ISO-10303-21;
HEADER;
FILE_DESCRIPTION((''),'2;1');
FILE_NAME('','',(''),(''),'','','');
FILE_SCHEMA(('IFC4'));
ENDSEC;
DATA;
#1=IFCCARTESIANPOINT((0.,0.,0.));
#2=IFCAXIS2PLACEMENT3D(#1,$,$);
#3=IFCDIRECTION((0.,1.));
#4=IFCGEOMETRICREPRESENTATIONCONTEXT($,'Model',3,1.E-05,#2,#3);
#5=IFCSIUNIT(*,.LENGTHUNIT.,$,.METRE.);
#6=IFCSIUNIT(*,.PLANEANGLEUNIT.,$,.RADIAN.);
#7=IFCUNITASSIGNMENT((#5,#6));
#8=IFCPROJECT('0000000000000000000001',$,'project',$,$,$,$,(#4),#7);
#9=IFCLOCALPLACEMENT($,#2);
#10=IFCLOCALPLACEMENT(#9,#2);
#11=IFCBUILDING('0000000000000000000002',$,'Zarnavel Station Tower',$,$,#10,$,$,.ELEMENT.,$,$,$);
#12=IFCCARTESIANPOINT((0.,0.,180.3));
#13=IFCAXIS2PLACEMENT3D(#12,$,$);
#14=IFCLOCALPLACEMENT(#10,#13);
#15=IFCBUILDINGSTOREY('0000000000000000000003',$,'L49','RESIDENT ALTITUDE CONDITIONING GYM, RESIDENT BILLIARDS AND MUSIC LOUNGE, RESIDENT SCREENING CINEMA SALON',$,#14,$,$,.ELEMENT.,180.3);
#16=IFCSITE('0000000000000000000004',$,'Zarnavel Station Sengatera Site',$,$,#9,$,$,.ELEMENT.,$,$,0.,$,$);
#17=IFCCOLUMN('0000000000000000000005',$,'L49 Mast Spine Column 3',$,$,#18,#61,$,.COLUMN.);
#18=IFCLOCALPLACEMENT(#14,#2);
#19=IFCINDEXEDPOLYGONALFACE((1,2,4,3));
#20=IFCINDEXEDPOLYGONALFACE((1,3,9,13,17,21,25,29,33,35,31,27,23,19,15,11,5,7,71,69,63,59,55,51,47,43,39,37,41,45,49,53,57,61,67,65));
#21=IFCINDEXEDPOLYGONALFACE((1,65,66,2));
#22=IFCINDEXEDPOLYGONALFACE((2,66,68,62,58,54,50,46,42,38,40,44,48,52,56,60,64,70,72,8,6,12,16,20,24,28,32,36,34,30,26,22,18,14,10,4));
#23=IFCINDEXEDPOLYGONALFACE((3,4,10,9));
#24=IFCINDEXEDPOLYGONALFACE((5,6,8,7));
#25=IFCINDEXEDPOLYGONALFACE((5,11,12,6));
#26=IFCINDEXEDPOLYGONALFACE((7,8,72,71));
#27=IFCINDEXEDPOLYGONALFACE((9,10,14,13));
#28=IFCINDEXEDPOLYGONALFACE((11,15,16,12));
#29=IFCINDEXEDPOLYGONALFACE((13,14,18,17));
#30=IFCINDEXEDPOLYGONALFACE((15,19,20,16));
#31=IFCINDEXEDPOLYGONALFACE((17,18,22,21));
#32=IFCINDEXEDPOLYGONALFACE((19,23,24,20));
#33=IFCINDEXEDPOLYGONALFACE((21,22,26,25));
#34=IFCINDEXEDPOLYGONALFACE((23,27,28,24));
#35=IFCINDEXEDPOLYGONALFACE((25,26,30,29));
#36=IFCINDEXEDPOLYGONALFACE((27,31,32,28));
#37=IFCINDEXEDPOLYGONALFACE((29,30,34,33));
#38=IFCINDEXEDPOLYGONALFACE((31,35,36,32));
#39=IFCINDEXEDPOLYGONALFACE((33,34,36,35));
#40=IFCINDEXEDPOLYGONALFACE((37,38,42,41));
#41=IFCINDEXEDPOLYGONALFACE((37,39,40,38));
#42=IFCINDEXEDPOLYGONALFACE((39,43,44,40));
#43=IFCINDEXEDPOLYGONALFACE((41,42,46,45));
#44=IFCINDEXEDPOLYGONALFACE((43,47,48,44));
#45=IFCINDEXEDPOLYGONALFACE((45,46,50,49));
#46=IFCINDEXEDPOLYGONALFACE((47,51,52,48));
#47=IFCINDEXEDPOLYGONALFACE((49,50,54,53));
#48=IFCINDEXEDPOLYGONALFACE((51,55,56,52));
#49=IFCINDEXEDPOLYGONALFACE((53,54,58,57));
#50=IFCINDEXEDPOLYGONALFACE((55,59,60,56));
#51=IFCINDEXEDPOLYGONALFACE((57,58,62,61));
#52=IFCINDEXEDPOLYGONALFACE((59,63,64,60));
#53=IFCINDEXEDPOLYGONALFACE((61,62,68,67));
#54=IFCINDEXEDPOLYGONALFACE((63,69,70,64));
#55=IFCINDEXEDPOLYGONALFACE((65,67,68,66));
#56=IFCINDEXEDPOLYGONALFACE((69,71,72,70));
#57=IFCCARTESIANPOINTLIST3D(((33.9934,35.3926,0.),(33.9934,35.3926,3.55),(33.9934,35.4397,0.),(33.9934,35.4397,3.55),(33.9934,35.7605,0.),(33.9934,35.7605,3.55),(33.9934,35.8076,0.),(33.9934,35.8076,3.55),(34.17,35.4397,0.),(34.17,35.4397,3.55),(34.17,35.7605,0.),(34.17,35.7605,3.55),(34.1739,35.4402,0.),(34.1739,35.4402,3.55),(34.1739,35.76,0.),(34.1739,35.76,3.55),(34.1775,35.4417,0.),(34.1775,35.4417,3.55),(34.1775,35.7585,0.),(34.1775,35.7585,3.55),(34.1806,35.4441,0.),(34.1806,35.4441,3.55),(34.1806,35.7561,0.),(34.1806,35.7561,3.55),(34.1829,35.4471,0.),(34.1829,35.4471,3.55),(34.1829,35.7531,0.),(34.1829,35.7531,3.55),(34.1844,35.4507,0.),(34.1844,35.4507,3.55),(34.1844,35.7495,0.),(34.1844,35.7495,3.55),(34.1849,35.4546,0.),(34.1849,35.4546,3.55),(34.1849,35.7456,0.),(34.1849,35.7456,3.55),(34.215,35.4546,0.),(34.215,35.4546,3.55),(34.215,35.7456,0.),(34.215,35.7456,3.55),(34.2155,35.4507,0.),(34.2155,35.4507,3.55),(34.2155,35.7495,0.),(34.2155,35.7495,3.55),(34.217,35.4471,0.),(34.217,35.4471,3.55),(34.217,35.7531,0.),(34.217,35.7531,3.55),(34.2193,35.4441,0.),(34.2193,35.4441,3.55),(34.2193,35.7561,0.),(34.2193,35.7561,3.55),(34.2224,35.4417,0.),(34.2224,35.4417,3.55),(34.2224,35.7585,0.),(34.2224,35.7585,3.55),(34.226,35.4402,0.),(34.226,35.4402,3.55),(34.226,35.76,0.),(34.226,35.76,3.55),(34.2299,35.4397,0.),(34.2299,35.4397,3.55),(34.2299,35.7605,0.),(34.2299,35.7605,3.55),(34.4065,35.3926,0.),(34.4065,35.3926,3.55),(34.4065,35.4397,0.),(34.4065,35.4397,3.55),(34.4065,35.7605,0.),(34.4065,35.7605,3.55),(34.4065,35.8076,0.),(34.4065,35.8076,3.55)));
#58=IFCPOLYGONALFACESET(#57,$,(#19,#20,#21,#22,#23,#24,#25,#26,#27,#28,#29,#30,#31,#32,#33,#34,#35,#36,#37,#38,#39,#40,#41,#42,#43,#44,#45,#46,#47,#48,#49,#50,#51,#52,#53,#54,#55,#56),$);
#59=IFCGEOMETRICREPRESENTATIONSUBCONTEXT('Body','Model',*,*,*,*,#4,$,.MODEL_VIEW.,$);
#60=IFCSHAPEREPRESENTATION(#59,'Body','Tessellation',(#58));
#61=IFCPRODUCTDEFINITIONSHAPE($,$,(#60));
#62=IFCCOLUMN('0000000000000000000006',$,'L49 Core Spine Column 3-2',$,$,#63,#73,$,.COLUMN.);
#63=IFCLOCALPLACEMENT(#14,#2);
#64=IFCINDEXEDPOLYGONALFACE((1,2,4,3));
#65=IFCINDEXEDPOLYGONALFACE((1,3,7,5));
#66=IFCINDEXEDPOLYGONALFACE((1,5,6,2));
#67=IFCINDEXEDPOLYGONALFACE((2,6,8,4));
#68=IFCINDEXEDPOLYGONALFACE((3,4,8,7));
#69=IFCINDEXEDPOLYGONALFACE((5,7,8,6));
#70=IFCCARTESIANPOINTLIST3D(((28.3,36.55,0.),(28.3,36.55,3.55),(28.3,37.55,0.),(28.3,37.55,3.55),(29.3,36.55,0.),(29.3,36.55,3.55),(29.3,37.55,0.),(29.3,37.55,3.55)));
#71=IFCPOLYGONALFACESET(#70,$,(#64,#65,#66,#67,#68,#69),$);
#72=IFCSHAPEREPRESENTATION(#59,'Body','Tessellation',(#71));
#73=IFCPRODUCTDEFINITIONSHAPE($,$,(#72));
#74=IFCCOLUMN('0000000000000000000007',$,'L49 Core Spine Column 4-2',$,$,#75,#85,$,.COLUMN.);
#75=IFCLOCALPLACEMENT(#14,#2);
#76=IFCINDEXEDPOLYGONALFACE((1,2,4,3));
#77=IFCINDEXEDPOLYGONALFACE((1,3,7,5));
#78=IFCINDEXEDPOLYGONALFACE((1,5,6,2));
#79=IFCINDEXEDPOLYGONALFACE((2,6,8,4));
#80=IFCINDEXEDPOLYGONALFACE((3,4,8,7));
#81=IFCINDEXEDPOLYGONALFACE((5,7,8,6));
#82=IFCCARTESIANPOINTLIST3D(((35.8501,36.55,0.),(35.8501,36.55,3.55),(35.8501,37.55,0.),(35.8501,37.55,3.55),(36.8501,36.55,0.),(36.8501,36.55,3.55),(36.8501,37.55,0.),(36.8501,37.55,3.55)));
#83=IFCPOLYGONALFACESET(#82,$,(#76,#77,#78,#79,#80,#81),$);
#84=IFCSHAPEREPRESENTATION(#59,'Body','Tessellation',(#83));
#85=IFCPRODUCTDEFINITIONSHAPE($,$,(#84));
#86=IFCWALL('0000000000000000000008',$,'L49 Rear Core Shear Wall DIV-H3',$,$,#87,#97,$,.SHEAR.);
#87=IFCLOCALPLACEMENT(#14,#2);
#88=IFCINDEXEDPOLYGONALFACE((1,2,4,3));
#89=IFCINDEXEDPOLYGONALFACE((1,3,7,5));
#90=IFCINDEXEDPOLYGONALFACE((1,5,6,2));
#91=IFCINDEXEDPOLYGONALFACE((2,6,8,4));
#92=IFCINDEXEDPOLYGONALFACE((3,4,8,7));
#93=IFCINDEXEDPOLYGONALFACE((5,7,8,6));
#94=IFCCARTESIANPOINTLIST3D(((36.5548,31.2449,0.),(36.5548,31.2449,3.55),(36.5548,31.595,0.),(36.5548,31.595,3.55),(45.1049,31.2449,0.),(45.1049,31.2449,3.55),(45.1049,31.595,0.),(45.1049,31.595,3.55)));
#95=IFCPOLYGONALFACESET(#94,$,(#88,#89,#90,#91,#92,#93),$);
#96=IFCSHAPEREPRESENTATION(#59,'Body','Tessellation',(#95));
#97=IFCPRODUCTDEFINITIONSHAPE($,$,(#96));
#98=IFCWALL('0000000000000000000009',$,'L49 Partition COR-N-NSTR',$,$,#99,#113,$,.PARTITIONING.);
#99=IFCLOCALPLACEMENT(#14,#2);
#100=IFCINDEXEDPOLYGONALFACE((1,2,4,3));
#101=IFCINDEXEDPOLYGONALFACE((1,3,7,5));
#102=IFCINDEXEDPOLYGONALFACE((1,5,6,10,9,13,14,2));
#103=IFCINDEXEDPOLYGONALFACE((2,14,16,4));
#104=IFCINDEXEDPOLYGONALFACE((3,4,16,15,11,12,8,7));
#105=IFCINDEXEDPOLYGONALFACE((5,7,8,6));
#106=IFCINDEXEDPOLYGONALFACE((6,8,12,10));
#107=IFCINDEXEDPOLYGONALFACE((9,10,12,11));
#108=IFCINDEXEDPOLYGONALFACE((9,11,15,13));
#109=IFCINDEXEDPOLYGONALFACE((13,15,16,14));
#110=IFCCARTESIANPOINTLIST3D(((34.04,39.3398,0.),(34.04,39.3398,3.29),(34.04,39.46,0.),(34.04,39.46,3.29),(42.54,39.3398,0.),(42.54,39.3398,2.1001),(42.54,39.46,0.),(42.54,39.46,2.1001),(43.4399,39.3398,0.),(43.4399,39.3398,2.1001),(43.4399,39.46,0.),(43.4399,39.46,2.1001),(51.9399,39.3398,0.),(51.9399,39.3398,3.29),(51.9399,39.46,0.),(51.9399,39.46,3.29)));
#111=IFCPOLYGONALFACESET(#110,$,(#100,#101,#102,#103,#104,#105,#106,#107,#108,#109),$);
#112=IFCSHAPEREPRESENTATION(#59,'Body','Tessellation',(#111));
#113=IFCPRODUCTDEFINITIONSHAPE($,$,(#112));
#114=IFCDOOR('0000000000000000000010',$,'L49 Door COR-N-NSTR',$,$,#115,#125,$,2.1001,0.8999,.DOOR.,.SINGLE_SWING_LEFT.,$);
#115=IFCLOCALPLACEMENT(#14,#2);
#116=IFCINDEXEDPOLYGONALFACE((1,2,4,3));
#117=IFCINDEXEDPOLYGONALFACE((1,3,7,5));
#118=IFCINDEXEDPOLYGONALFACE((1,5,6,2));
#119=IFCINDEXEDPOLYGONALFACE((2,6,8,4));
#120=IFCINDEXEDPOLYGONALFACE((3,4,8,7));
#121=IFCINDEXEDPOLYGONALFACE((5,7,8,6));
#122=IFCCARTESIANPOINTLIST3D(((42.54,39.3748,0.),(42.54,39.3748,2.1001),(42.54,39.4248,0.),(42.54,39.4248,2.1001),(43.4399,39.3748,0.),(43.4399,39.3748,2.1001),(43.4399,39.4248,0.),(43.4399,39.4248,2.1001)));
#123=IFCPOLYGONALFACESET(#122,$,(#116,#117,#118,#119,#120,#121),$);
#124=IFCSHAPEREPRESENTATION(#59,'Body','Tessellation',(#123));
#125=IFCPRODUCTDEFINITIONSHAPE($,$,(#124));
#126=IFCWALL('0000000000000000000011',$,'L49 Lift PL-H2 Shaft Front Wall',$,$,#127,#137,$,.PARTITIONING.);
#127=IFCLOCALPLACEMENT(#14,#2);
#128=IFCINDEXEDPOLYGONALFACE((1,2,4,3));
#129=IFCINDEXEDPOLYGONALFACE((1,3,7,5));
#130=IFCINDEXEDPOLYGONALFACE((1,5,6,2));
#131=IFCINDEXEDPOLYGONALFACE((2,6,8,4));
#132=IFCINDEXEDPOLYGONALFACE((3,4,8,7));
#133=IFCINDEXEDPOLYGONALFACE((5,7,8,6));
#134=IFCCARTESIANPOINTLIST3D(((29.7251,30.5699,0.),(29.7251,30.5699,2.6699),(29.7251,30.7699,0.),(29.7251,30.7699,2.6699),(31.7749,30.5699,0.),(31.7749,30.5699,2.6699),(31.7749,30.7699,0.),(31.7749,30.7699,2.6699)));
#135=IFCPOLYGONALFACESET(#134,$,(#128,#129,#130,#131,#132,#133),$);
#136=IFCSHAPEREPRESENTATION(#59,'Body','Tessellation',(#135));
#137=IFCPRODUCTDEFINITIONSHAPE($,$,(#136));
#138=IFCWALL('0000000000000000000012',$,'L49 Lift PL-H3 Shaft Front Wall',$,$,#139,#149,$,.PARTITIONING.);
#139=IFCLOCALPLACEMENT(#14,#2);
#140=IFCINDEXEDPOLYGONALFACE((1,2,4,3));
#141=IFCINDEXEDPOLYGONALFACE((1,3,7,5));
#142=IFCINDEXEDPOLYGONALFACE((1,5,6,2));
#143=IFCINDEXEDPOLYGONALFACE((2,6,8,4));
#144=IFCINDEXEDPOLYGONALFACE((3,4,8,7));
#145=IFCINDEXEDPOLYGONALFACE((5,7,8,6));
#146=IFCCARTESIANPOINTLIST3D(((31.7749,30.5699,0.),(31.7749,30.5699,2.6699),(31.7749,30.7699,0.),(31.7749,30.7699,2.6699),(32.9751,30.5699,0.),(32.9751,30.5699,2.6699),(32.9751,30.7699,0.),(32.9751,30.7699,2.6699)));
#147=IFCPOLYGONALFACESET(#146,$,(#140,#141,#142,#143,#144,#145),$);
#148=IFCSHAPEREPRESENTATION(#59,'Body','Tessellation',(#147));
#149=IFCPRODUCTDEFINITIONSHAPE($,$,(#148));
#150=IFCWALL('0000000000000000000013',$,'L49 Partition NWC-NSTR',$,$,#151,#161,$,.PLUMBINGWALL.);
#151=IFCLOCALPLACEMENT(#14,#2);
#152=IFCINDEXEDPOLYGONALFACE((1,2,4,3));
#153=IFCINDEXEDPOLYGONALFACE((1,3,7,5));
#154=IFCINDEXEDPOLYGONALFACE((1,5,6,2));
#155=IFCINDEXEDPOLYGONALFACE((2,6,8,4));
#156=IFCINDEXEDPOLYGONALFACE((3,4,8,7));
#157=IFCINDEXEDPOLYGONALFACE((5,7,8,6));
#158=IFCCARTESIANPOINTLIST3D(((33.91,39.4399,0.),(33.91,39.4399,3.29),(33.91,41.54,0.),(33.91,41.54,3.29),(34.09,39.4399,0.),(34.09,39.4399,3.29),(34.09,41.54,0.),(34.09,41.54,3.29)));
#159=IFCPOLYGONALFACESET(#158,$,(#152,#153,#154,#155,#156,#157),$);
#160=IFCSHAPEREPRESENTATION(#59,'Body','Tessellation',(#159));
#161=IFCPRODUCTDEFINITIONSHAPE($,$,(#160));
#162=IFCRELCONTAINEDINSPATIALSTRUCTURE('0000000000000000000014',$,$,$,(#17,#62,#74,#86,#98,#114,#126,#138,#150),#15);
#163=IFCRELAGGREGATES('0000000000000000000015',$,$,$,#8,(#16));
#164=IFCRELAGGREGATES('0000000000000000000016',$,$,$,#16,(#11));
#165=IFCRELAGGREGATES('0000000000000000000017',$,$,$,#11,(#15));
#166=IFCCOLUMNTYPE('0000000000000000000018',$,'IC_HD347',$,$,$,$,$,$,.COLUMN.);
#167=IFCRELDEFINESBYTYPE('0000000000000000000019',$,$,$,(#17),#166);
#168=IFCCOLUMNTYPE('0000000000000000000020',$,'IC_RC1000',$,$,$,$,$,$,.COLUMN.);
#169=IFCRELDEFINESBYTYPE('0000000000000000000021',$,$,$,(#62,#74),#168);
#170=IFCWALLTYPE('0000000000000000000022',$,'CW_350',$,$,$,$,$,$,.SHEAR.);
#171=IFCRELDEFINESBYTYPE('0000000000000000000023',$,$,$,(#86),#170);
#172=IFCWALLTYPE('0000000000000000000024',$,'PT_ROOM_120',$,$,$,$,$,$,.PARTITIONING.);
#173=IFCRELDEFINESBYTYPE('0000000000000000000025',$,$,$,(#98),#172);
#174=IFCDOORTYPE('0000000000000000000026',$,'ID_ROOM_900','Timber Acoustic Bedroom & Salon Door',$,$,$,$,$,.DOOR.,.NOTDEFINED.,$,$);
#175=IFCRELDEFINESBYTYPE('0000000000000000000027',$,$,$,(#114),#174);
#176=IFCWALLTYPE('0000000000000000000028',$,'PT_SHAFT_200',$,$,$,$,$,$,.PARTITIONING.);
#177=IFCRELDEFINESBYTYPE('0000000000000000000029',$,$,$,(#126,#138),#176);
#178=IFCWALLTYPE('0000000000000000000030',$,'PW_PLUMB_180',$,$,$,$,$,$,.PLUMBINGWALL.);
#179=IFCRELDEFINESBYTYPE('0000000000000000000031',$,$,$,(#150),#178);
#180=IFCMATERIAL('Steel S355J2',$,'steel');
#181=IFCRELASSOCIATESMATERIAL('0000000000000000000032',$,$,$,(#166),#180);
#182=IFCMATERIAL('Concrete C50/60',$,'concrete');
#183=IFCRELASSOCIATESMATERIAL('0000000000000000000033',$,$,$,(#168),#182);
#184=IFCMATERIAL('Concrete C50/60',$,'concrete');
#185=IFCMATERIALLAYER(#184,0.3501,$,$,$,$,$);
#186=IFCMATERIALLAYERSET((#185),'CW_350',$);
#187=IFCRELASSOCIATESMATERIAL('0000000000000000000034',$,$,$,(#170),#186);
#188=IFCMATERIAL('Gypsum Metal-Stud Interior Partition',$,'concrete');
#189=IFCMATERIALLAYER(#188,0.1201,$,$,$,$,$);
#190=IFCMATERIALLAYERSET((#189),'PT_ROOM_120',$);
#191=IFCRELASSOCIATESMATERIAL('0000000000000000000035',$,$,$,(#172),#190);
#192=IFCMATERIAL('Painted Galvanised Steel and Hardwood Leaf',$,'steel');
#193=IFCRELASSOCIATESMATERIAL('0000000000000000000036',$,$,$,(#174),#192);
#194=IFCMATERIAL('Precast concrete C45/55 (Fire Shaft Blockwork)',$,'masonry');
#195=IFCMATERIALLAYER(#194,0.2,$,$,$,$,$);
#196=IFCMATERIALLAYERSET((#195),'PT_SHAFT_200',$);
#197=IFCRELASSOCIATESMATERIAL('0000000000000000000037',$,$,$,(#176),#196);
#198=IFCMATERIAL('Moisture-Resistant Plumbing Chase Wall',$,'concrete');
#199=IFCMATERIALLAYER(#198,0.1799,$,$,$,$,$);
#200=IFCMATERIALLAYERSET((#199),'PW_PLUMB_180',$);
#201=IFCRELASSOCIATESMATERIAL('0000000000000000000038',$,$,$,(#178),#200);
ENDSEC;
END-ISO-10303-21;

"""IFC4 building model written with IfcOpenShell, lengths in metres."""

from ifc_helpers import new_model, si_unit, direction, frame, frame_2d, origin, origin_2d, place, context, subcontext, project, spatial, rectangle, i_section, extrude, material, layer, layer_set, material_profile, profile_set, type_object, element, fill, save


model = new_model("IFC4")

# Units and contexts
model_context = context("Model", 3, precision=1e-05, world=origin(), true_north=direction((0.0, 1.0)))
body_context = subcontext(model_context, "Body", "Model", "MODEL_VIEW")
ifc_project = project(units=[si_unit("LENGTHUNIT", "METRE"), si_unit("PLANEANGLEUNIT", "RADIAN")], contexts=[model_context])

# Site, building, storey
site_placement = place(None, origin())
site = spatial("IfcSite", under=ifc_project, at=site_placement, Name="Zarnavel Station Sengatera Site", CompositionType="ELEMENT", RefElevation=0.0)
building_placement = place(site_placement, origin())
building = spatial("IfcBuilding", under=site, at=building_placement, Name="Zarnavel Station Tower", CompositionType="ELEMENT")
storey_placement = place(building_placement, frame((0.0, 0.0, 180.3)))
storey = spatial("IfcBuildingStorey", under=building, at=storey_placement, Name="L49", Description="RESIDENT ALTITUDE CONDITIONING GYM, RESIDENT BILLIARDS AND MUSIC LOUNGE, RESIDENT SCREENING CINEMA SALON", CompositionType="ELEMENT", Elevation=180.3)

# Columns
ifc_material_1 = material(Name="Steel S355J2", Category="steel")
ifc_material_profile_1 = material_profile(ifc_material_1, i_section(OverallWidth=0.4131, OverallDepth=0.415, WebThickness=0.03, FlangeThickness=0.0471, FilletRadius=0.0149, at=origin_2d()), Name="HD400x347")
ifc_profile_set_1 = profile_set([ifc_material_profile_1], Name="Steel S355J2")
column_type_1 = type_object("IfcColumnType", Name="IC_HD347", PredefinedType="COLUMN", material=ifc_profile_set_1)
column_placement = place(storey_placement, frame((34.2, 35.6001, 0.0), z_axis=(0.0, 0.0, 1.0), x_axis=(1.0, 0.0, 0.0)))
element("IfcColumn", 1, at=column_placement, inside=storey, type_object=column_type_1, Name="L49 Mast Spine Column 3", PredefinedType="COLUMN", context=body_context, shape_type="SweptSolid", body=[
    extrude(i_section(OverallWidth=0.4131, OverallDepth=0.415, WebThickness=0.03, FlangeThickness=0.0471, FilletRadius=0.0149, at=origin_2d()), origin(), (0.0, 0.0, 1.0), 3.55),
])
ifc_material_2 = material(Name="Concrete C50/60", Category="concrete")
ifc_material_profile_2 = material_profile(ifc_material_2, rectangle(XDim=1.0, YDim=1.0, at=origin_2d()), Name="RC1000x1000")
ifc_profile_set_2 = profile_set([ifc_material_profile_2], Name="Concrete C50/60")
column_type_2 = type_object("IfcColumnType", Name="IC_RC1000", PredefinedType="COLUMN", material=ifc_profile_set_2)
for number, where, z_axis, x_axis, name in (
    (2, (28.8, 37.05, 0.0), (0.0, 0.0, 1.0), (1.0, 0.0, 0.0), "L49 Core Spine Column 3-2"),
    (3, (36.3501, 37.05, 0.0), (0.0, 0.0, 1.0), (1.0, 0.0, 0.0), "L49 Core Spine Column 4-2"),
):
    element("IfcColumn", number, at=place(storey_placement, frame(where, z_axis=z_axis, x_axis=x_axis)), inside=storey, type_object=column_type_2, Name=name, PredefinedType="COLUMN", context=body_context, shape_type="SweptSolid", body=[
        extrude(rectangle(XDim=1.0, YDim=1.0, at=origin_2d()), origin(), (0.0, 0.0, 1.0), 3.55),
    ])

# Wall
ifc_material_3 = material(Name="Concrete C50/60", Category="concrete")
ifc_layer_1 = layer(ifc_material_3, 0.3501)
ifc_layer_set_1 = layer_set([ifc_layer_1], Name="CW_350")
wall_type_1 = type_object("IfcWallType", Name="CW_350", PredefinedType="SHEAR", material=ifc_layer_set_1)
wall_1_placement = place(storey_placement, frame((36.5549, 31.4199, 0.0), z_axis=(0.0, 0.0, 1.0), x_axis=(1.0, 0.0, 0.0)))
element("IfcWall", 4, at=wall_1_placement, inside=storey, type_object=wall_type_1, Name="L49 Rear Core Shear Wall DIV-H3", PredefinedType="SHEAR", context=body_context, shape_type="SweptSolid", body=[
    extrude(rectangle(XDim=8.55, YDim=0.3501, at=frame_2d((4.2749, 0.0))), origin(), (0.0, 0.0, 1.0), 3.55),
])

# Wall, opening, door
ifc_material_4 = material(Name="Gypsum Metal-Stud Interior Partition", Category="concrete")
ifc_layer_2 = layer(ifc_material_4, 0.1201)
ifc_layer_set_2 = layer_set([ifc_layer_2], Name="PT_ROOM_120")
wall_type_2 = type_object("IfcWallType", Name="PT_ROOM_120", PredefinedType="PARTITIONING", material=ifc_layer_set_2)
wall_2_placement = place(storey_placement, frame((34.04, 39.3999, 0.0), z_axis=(0.0, 0.0, 1.0), x_axis=(1.0, 0.0, 0.0)))
wall_2 = element("IfcWall", 5, at=wall_2_placement, inside=storey, type_object=wall_type_2, Name="L49 Partition COR-N-NSTR", PredefinedType="PARTITIONING", context=body_context, shape_type="SweptSolid", body=[
    extrude(rectangle(XDim=17.8999, YDim=0.1201, at=frame_2d((8.95, 0.0))), origin(), (0.0, 0.0, 1.0), 3.29),
])
opening_1_placement = place(wall_2_placement, frame((8.5, 0.0, 0.0)))
opening_1 = element("IfcOpeningElement", 6, at=opening_1_placement, cuts=wall_2, PredefinedType="OPENING", context=body_context, shape_type="SweptSolid", body=[
    extrude(rectangle(XDim=0.8999, YDim=2.1001, at=frame_2d((0.45, 1.05))), frame((0.0, 0.0701, 0.0), z_axis=(0.0, -1.0, 0.0), x_axis=(1.0, 0.0, 0.0)), (0.0, 0.0, 1.0), 0.1401),
])
ifc_material_5 = material(Name="Painted Galvanised Steel and Hardwood Leaf", Category="steel")
door_type_1 = type_object("IfcDoorType", Name="ID_ROOM_900", Description="Timber Acoustic Bedroom & Salon Door", OperationType="NOTDEFINED", PredefinedType="DOOR", material=ifc_material_5)
door_1_placement = place(opening_1_placement, origin())
door_1 = element("IfcDoor", 7, at=door_1_placement, inside=storey, type_object=door_type_1, Name="L49 Door COR-N-NSTR", OperationType="SINGLE_SWING_LEFT", OverallHeight=2.1001, OverallWidth=0.8999, PredefinedType="DOOR", context=body_context, shape_type="SweptSolid", body=[
    extrude(rectangle(XDim=0.8999, YDim=2.1001, at=frame_2d((0.45, 1.05))), frame((0.0, 0.0249, 0.0), z_axis=(0.0, -1.0, 0.0), x_axis=(1.0, 0.0, 0.0)), (0.0, 0.0, 1.0), 0.05),
])
fill(opening_1, door_1)
ifc_material_6 = material(Name="Precast concrete C45/55 (Fire Shaft Blockwork)", Category="masonry")
ifc_layer_3 = layer(ifc_material_6, 0.2)
ifc_layer_set_3 = layer_set([ifc_layer_3], Name="PT_SHAFT_200")
wall_type_3 = type_object("IfcWallType", Name="PT_SHAFT_200", PredefinedType="PARTITIONING", material=ifc_layer_set_3)

# Walls
wall_3_placement = place(storey_placement, frame((29.7251, 30.6699, 0.0), z_axis=(0.0, 0.0, 1.0), x_axis=(1.0, 0.0, 0.0)))
element("IfcWall", 8, at=wall_3_placement, inside=storey, type_object=wall_type_3, Name="L49 Lift PL-H2 Shaft Front Wall", PredefinedType="PARTITIONING", context=body_context, shape_type="SweptSolid", body=[
    extrude(rectangle(XDim=2.0498, YDim=0.2, at=frame_2d((1.0249, 0.0))), origin(), (0.0, 0.0, 1.0), 2.6699),
])
wall_4_placement = place(storey_placement, frame((31.7749, 30.6699, 0.0), z_axis=(0.0, 0.0, 1.0), x_axis=(1.0, 0.0, 0.0)))
element("IfcWall", 9, at=wall_4_placement, inside=storey, type_object=wall_type_3, Name="L49 Lift PL-H3 Shaft Front Wall", PredefinedType="PARTITIONING", context=body_context, shape_type="SweptSolid", body=[
    extrude(rectangle(XDim=1.2002, YDim=0.2, at=frame_2d((0.6001, 0.0))), origin(), (0.0, 0.0, 1.0), 2.6699),
])

# Wall
ifc_material_7 = material(Name="Moisture-Resistant Plumbing Chase Wall", Category="concrete")
ifc_layer_4 = layer(ifc_material_7, 0.1799)
ifc_layer_set_4 = layer_set([ifc_layer_4], Name="PW_PLUMB_180")
wall_type_4 = type_object("IfcWallType", Name="PW_PLUMB_180", PredefinedType="PLUMBINGWALL", material=ifc_layer_set_4)
wall_5_placement = place(storey_placement, frame((34.0, 39.4399, 0.0), z_axis=(0.0, 0.0, 1.0), x_axis=(0.0, 1.0, 0.0)))
element("IfcWall", 10, at=wall_5_placement, inside=storey, type_object=wall_type_4, Name="L49 Partition NWC-NSTR", PredefinedType="PLUMBINGWALL", context=body_context, shape_type="SweptSolid", body=[
    extrude(rectangle(XDim=2.1001, YDim=0.1799, at=frame_2d((1.05, 0.0))), origin(), (0.0, 0.0, 1.0), 3.29),
])

save(model, "model.ifc")
